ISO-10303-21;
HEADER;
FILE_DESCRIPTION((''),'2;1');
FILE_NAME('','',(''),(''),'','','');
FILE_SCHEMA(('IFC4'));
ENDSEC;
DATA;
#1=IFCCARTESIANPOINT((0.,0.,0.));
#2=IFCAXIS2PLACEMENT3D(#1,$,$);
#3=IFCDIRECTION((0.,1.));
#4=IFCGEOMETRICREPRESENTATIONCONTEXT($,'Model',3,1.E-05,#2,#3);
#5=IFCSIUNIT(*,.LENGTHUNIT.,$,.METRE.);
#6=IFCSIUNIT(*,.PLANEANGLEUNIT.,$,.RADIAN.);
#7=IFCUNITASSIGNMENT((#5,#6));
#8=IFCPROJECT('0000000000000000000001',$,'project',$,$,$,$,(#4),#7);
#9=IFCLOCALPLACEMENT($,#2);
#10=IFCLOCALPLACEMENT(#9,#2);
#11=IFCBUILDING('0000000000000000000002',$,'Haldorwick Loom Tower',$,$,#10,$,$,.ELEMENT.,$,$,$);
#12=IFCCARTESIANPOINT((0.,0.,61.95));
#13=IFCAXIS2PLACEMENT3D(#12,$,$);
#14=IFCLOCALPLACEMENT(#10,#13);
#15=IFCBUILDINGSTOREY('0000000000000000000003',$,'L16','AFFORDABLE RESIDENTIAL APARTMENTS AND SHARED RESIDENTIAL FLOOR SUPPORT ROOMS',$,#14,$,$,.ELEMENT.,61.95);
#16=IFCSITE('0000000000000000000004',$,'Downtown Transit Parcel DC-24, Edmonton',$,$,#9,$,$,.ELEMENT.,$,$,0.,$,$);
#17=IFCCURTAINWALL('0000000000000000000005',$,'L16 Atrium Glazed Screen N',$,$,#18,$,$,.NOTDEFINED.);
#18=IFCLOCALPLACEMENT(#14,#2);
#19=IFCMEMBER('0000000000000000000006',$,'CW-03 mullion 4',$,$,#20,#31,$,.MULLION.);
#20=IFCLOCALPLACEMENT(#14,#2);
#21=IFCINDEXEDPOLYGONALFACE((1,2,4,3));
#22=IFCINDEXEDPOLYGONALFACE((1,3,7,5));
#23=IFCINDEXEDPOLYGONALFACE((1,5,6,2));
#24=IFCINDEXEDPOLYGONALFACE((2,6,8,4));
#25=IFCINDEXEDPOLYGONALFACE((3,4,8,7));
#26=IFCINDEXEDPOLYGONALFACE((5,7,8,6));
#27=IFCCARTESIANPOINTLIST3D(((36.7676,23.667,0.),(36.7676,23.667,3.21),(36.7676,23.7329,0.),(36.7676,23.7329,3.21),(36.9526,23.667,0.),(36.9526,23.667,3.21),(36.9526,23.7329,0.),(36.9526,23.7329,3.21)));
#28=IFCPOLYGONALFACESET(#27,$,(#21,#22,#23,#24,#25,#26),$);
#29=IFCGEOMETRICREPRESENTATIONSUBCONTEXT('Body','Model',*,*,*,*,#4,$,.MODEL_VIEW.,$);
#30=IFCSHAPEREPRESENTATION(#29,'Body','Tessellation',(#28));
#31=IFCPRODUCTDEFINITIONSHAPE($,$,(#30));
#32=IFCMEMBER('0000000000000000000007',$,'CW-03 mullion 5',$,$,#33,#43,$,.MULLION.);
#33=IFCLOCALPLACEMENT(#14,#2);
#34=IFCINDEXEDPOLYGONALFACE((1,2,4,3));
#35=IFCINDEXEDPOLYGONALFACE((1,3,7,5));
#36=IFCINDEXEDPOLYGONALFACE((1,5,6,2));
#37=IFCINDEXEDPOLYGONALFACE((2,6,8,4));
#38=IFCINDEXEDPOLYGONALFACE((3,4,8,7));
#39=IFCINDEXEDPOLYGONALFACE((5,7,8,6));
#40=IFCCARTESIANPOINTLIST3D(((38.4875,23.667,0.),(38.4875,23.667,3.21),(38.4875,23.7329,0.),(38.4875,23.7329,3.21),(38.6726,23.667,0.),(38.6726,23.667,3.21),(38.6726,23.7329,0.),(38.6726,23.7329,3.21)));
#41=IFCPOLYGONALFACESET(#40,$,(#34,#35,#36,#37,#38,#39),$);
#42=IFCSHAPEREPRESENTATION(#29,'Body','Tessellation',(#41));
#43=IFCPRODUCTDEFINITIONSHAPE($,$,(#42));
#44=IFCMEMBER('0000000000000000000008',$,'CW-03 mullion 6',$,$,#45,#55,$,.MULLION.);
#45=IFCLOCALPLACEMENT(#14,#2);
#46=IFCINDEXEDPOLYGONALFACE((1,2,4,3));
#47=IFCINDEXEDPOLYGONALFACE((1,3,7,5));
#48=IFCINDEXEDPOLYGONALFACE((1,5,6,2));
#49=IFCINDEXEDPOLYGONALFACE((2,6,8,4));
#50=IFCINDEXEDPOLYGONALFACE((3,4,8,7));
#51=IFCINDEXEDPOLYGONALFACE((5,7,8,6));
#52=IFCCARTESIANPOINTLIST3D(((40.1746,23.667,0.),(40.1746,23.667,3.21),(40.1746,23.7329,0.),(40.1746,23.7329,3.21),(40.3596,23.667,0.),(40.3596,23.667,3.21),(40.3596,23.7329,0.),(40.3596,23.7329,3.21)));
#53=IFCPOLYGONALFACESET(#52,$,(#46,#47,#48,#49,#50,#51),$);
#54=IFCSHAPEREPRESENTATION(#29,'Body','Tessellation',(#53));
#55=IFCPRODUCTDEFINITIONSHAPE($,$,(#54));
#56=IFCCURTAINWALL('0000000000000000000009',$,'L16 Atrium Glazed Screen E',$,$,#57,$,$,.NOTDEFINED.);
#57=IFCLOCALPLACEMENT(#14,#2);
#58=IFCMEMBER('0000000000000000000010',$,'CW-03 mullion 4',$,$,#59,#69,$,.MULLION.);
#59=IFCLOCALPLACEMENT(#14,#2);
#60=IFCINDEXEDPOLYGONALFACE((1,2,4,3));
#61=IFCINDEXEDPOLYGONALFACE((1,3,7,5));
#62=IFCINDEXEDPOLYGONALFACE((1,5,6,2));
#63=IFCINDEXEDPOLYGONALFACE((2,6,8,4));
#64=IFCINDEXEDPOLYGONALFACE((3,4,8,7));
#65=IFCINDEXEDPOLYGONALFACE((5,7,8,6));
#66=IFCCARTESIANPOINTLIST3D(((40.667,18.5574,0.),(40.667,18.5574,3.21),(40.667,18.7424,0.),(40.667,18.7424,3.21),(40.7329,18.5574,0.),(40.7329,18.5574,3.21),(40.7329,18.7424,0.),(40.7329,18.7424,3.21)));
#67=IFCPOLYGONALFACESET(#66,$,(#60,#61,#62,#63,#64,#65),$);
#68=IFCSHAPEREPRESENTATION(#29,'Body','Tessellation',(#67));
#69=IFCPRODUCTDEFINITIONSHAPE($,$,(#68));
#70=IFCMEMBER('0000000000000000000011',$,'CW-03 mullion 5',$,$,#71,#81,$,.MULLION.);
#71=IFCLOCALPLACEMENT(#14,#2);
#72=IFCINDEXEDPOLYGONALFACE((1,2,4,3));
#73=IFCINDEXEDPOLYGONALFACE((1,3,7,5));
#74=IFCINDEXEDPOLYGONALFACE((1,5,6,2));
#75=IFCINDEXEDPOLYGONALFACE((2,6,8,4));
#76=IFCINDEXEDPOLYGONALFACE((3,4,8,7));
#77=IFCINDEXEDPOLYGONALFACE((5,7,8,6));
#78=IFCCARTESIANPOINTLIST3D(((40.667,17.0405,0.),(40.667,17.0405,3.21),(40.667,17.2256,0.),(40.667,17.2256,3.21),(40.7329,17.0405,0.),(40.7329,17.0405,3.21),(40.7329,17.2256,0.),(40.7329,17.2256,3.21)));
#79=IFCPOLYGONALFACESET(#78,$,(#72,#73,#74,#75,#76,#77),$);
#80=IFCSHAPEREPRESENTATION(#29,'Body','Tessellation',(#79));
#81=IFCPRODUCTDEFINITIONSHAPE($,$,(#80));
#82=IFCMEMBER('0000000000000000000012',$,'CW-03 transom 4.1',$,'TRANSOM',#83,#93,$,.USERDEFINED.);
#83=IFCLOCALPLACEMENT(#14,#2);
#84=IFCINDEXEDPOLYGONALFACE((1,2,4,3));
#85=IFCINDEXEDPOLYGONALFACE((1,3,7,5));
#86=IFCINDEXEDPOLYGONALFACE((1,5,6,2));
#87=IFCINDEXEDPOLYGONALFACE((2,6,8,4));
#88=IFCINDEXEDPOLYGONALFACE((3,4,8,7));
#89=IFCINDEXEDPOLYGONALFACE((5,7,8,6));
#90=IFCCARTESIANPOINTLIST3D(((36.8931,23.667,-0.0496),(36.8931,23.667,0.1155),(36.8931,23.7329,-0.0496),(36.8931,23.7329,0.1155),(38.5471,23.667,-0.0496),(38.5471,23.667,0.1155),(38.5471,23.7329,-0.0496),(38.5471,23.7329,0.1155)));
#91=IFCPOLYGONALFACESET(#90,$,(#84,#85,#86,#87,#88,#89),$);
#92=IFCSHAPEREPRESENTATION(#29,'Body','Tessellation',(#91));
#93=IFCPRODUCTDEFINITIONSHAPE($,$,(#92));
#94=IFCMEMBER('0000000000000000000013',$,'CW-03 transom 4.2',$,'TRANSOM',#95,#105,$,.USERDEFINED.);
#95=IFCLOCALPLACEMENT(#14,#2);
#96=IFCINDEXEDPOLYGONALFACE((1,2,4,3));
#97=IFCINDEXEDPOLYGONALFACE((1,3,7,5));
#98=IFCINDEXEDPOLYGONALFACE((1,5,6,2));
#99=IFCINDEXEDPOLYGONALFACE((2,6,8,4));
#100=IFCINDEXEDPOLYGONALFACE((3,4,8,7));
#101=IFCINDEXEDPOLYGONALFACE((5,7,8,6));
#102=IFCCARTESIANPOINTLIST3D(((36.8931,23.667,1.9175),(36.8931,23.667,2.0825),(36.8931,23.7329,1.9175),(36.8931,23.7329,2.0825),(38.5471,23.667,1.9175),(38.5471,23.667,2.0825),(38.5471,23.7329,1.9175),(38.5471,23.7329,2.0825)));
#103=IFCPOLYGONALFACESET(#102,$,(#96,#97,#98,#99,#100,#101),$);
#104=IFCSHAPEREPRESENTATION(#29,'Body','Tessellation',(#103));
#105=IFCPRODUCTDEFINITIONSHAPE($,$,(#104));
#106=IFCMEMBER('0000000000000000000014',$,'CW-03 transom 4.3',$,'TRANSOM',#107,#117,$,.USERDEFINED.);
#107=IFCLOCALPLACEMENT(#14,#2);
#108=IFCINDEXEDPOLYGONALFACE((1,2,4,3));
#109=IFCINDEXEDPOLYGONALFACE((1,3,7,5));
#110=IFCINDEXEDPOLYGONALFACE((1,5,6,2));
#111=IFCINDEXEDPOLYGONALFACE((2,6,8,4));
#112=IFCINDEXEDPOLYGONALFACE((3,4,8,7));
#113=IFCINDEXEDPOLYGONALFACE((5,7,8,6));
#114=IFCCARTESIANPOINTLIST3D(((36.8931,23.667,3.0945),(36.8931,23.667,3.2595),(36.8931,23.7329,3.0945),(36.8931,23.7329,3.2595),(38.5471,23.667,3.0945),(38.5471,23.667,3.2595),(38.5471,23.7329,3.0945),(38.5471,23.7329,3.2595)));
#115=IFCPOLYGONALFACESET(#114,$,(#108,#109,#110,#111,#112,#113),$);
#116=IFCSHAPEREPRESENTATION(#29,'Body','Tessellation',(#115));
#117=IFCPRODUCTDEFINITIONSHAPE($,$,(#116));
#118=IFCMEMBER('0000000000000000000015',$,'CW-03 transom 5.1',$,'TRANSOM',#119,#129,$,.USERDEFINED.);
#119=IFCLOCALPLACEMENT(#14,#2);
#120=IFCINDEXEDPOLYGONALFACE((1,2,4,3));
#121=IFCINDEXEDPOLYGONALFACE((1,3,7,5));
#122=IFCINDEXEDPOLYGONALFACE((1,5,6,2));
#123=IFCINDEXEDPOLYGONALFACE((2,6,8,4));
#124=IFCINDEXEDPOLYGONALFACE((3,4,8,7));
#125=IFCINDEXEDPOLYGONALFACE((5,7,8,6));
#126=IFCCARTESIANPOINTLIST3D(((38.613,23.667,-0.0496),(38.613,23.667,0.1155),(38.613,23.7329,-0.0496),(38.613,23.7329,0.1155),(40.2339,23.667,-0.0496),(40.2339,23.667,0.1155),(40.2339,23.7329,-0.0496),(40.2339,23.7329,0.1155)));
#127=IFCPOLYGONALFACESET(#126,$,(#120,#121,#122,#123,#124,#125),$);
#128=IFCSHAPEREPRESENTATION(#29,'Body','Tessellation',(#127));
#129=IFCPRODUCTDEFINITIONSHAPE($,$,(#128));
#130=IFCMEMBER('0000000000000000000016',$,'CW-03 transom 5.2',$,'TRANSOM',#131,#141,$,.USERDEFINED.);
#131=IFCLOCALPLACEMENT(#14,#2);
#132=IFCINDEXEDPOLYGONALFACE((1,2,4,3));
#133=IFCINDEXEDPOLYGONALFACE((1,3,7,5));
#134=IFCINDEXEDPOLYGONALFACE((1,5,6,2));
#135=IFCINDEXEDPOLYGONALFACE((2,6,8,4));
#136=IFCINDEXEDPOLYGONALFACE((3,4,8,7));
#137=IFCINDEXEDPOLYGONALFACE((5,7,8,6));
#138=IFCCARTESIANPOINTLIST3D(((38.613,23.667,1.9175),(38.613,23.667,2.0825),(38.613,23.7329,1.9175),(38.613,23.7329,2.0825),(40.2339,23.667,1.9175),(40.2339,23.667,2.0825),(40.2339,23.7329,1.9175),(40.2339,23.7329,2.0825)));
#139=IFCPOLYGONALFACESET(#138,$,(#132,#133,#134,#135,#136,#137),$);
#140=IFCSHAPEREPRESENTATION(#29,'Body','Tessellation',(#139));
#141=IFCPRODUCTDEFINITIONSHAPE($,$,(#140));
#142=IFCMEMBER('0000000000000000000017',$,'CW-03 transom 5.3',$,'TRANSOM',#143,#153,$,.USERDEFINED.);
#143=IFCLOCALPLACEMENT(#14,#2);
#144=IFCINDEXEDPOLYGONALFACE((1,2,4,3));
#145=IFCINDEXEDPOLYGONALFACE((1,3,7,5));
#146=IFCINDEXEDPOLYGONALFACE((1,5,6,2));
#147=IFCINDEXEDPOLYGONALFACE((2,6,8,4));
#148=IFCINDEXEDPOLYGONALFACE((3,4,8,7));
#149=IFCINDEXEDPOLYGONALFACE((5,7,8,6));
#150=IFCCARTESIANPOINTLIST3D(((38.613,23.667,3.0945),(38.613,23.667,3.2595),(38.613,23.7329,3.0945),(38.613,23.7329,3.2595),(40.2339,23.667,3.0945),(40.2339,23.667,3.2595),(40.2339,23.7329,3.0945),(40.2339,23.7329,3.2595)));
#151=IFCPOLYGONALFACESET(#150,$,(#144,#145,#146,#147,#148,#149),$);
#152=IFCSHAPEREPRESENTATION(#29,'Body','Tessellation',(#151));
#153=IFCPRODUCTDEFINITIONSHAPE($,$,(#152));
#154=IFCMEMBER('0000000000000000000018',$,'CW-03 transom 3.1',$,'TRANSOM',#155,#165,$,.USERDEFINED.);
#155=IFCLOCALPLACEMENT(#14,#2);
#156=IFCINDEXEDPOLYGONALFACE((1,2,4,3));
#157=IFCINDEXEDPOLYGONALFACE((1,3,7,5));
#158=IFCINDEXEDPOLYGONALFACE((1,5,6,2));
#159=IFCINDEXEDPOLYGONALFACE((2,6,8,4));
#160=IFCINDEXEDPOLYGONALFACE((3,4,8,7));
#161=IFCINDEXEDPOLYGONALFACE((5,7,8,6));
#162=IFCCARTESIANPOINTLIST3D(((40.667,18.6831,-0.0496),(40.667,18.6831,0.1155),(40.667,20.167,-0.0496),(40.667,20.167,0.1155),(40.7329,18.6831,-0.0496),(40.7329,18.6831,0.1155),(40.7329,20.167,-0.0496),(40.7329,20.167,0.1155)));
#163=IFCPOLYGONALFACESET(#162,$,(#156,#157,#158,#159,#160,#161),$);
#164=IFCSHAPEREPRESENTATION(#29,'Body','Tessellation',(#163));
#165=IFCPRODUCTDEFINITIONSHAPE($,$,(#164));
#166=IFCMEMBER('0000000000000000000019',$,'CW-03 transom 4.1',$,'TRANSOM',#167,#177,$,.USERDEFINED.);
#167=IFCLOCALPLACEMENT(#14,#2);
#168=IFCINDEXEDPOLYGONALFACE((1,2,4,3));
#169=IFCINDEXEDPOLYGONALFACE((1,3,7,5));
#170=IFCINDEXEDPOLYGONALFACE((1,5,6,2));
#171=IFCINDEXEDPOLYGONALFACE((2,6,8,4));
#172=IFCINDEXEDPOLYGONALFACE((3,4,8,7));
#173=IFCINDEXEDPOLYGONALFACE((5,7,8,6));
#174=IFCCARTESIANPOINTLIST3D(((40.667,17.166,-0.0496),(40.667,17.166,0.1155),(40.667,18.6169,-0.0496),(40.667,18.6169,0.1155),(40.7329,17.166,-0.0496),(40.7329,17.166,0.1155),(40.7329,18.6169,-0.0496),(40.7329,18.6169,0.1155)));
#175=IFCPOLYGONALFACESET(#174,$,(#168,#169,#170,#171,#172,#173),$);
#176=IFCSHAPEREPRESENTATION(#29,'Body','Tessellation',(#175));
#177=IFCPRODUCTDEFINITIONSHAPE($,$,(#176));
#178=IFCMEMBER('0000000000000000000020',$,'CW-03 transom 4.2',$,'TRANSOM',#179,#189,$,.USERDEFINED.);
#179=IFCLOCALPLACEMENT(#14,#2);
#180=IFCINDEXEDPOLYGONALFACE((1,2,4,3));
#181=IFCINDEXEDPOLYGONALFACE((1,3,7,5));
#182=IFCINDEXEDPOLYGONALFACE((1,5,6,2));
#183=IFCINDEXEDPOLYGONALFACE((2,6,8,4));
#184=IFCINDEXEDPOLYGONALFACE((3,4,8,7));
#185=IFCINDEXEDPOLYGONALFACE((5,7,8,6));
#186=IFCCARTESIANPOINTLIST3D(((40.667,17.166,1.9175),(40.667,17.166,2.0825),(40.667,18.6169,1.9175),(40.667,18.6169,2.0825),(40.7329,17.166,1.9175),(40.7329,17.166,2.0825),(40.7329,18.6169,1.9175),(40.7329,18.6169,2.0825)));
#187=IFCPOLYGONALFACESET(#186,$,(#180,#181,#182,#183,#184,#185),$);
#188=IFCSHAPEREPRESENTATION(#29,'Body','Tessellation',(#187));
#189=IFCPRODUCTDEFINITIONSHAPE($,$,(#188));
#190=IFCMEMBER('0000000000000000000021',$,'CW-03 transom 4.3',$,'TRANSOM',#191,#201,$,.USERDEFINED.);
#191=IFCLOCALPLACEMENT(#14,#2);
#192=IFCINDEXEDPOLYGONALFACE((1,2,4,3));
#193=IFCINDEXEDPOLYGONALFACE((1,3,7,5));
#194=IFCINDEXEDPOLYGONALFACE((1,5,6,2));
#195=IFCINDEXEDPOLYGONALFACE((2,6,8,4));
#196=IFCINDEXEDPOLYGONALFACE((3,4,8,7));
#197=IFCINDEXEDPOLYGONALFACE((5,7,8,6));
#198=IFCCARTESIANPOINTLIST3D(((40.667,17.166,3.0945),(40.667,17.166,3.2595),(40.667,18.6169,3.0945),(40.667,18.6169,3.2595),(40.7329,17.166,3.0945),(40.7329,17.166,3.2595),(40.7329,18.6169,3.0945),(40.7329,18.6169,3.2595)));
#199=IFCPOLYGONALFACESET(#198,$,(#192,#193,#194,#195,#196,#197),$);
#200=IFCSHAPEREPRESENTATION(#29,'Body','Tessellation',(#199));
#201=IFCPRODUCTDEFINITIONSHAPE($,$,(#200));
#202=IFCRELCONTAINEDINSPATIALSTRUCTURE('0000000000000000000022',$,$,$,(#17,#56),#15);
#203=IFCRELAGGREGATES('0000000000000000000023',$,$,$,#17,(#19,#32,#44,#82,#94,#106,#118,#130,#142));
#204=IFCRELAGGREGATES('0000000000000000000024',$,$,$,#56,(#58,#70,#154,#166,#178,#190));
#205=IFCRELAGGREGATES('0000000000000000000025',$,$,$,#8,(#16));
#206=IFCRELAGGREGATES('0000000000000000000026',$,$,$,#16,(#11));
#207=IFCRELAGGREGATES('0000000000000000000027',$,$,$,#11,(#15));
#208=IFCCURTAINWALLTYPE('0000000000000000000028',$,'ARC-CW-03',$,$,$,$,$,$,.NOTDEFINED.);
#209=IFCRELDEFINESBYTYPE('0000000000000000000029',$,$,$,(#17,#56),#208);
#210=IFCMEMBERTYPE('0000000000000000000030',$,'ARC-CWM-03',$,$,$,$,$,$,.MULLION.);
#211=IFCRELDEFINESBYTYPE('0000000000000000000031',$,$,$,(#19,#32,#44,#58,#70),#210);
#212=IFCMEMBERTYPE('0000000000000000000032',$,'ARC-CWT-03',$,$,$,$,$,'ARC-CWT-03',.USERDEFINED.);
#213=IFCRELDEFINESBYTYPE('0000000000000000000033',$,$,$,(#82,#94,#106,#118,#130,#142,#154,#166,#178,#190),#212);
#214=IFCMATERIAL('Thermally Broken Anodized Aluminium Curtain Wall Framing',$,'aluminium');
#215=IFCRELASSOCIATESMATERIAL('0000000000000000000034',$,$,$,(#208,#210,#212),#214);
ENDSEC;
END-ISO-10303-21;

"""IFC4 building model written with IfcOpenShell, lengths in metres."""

from ifc_helpers import new_model, si_unit, direction, frame, origin, origin_2d, place, context, subcontext, project, spatial, rectangle, extrude, material, material_profile, profile_set, type_object, element, aggregate, save


model = new_model("IFC4")

# Units and contexts
model_context = context("Model", 3, precision=1e-05, world=origin(), true_north=direction((0.0, 1.0)))
body_context = subcontext(model_context, "Body", "Model", "MODEL_VIEW")
ifc_project = project(units=[si_unit("LENGTHUNIT", "METRE"), si_unit("PLANEANGLEUNIT", "RADIAN")], contexts=[model_context])

# Site, building, storey
site_placement = place(None, origin())
site = spatial("IfcSite", under=ifc_project, at=site_placement, Name="Downtown Transit Parcel DC-24, Edmonton", CompositionType="ELEMENT", RefElevation=0.0)
building_placement = place(site_placement, origin())
building = spatial("IfcBuilding", under=site, at=building_placement, Name="Haldorwick Loom Tower", CompositionType="ELEMENT")
storey_placement = place(building_placement, frame((0.0, 0.0, 61.95)))
storey = spatial("IfcBuildingStorey", under=building, at=storey_placement, Name="L16", Description="AFFORDABLE RESIDENTIAL APARTMENTS AND SHARED RESIDENTIAL FLOOR SUPPORT ROOMS", CompositionType="ELEMENT", Elevation=61.95)

# Curtain walls, members
ifc_material_1 = material(Name="Thermally Broken Anodized Aluminium Curtain Wall Framing", Category="aluminium")
curtain_wall_type = type_object("IfcCurtainWallType", Name="ARC-CW-03", PredefinedType="NOTDEFINED", material=ifc_material_1)
curtain_wall_1_placement = place(storey_placement, origin())
curtain_wall_1 = element("IfcCurtainWall", 1, at=curtain_wall_1_placement, inside=storey, type_object=curtain_wall_type, Name="L16 Atrium Glazed Screen N", PredefinedType="NOTDEFINED")
ifc_material_profile_1 = material_profile(ifc_material_1, rectangle(XDim=0.0659, YDim=0.1851, at=origin_2d()), Name="ALU_MUL_66X185", Category="aluminium")
ifc_profile_set_1 = profile_set([ifc_material_profile_1], Name="Thermally Broken Anodized Aluminium Curtain Wall Framing")
member_type_1 = type_object("IfcMemberType", Name="ARC-CWM-03", PredefinedType="MULLION", material=ifc_profile_set_1)
member_1_placement = place(storey_placement, frame((36.8601, 23.7, 0.0), z_axis=(0.0, 0.0, 1.0), x_axis=(0.0, 1.0, 0.0)))
member_1 = element("IfcMember", 2, at=member_1_placement, type_object=member_type_1, Name="CW-03 mullion 4", PredefinedType="MULLION", context=body_context, shape_type="SweptSolid", body=[
    extrude(rectangle(XDim=0.0659, YDim=0.1851, at=origin_2d()), origin(), (0.0, 0.0, 1.0), 3.21),
])
member_2_placement = place(storey_placement, frame((38.5801, 23.7, 0.0), z_axis=(0.0, 0.0, 1.0), x_axis=(0.0, 1.0, 0.0)))
member_2 = element("IfcMember", 3, at=member_2_placement, type_object=member_type_1, Name="CW-03 mullion 5", PredefinedType="MULLION", context=body_context, shape_type="SweptSolid", body=[
    extrude(rectangle(XDim=0.0659, YDim=0.1851, at=origin_2d()), origin(), (0.0, 0.0, 1.0), 3.21),
])
member_3_placement = place(storey_placement, frame((40.2671, 23.7, 0.0), z_axis=(0.0, 0.0, 1.0), x_axis=(0.0, 1.0, 0.0)))
member_3 = element("IfcMember", 4, at=member_3_placement, type_object=member_type_1, Name="CW-03 mullion 6", PredefinedType="MULLION", context=body_context, shape_type="SweptSolid", body=[
    extrude(rectangle(XDim=0.0659, YDim=0.1851, at=origin_2d()), origin(), (0.0, 0.0, 1.0), 3.21),
])
curtain_wall_2_placement = place(storey_placement, origin())
curtain_wall_2 = element("IfcCurtainWall", 5, at=curtain_wall_2_placement, inside=storey, type_object=curtain_wall_type, Name="L16 Atrium Glazed Screen E", PredefinedType="NOTDEFINED")
member_4_placement = place(storey_placement, frame((40.7, 18.6499, 0.0), z_axis=(0.0, 0.0, 1.0), x_axis=(1.0, 0.0, 0.0)))
member_4 = element("IfcMember", 6, at=member_4_placement, type_object=member_type_1, Name="CW-03 mullion 4", PredefinedType="MULLION", context=body_context, shape_type="SweptSolid", body=[
    extrude(rectangle(XDim=0.0659, YDim=0.1851, at=origin_2d()), origin(), (0.0, 0.0, 1.0), 3.21),
])
member_5_placement = place(storey_placement, frame((40.7, 17.1331, 0.0), z_axis=(0.0, 0.0, 1.0), x_axis=(1.0, 0.0, 0.0)))
member_5 = element("IfcMember", 7, at=member_5_placement, type_object=member_type_1, Name="CW-03 mullion 5", PredefinedType="MULLION", context=body_context, shape_type="SweptSolid", body=[
    extrude(rectangle(XDim=0.0659, YDim=0.1851, at=origin_2d()), origin(), (0.0, 0.0, 1.0), 3.21),
])

# Members
ifc_material_profile_2 = material_profile(ifc_material_1, rectangle(XDim=0.0659, YDim=0.165, at=origin_2d()), Name="ALU_TRN_66X165", Category="aluminium")
ifc_profile_set_2 = profile_set([ifc_material_profile_2], Name="Thermally Broken Anodized Aluminium Curtain Wall Framing")
member_type_2 = type_object("IfcMemberType", Name="ARC-CWT-03", ElementType="ARC-CWT-03", PredefinedType="USERDEFINED", material=ifc_profile_set_2)
member_6_placement = place(storey_placement, frame((36.8931, 23.7, 0.033), z_axis=(1.0, 0.0, 0.0), x_axis=(0.0, 1.0, 0.0)))
member_6 = element("IfcMember", 8, at=member_6_placement, type_object=member_type_2, Name="CW-03 transom 4.1", ObjectType="TRANSOM", PredefinedType="USERDEFINED", context=body_context, shape_type="SweptSolid", body=[
    extrude(rectangle(XDim=0.0659, YDim=0.165, at=origin_2d()), origin(), (0.0, 0.0, 1.0), 1.6541),
])
member_7_placement = place(storey_placement, frame((36.8931, 23.7, 2.0), z_axis=(1.0, 0.0, 0.0), x_axis=(0.0, 1.0, 0.0)))
member_7 = element("IfcMember", 9, at=member_7_placement, type_object=member_type_2, Name="CW-03 transom 4.2", ObjectType="TRANSOM", PredefinedType="USERDEFINED", context=body_context, shape_type="SweptSolid", body=[
    extrude(rectangle(XDim=0.0659, YDim=0.165, at=origin_2d()), origin(), (0.0, 0.0, 1.0), 1.6541),
])
member_8_placement = place(storey_placement, frame((36.8931, 23.7, 3.177), z_axis=(1.0, 0.0, 0.0), x_axis=(0.0, 1.0, 0.0)))
member_8 = element("IfcMember", 10, at=member_8_placement, type_object=member_type_2, Name="CW-03 transom 4.3", ObjectType="TRANSOM", PredefinedType="USERDEFINED", context=body_context, shape_type="SweptSolid", body=[
    extrude(rectangle(XDim=0.0659, YDim=0.165, at=origin_2d()), origin(), (0.0, 0.0, 1.0), 1.6541),
])
member_9_placement = place(storey_placement, frame((38.613, 23.7, 0.033), z_axis=(1.0, 0.0, 0.0), x_axis=(0.0, 1.0, 0.0)))
member_9 = element("IfcMember", 11, at=member_9_placement, type_object=member_type_2, Name="CW-03 transom 5.1", ObjectType="TRANSOM", PredefinedType="USERDEFINED", context=body_context, shape_type="SweptSolid", body=[
    extrude(rectangle(XDim=0.0659, YDim=0.165, at=origin_2d()), origin(), (0.0, 0.0, 1.0), 1.6208),
])
member_10_placement = place(storey_placement, frame((38.613, 23.7, 2.0), z_axis=(1.0, 0.0, 0.0), x_axis=(0.0, 1.0, 0.0)))
member_10 = element("IfcMember", 12, at=member_10_placement, type_object=member_type_2, Name="CW-03 transom 5.2", ObjectType="TRANSOM", PredefinedType="USERDEFINED", context=body_context, shape_type="SweptSolid", body=[
    extrude(rectangle(XDim=0.0659, YDim=0.165, at=origin_2d()), origin(), (0.0, 0.0, 1.0), 1.6208),
])
member_11_placement = place(storey_placement, frame((38.613, 23.7, 3.177), z_axis=(1.0, 0.0, 0.0), x_axis=(0.0, 1.0, 0.0)))
member_11 = element("IfcMember", 13, at=member_11_placement, type_object=member_type_2, Name="CW-03 transom 5.3", ObjectType="TRANSOM", PredefinedType="USERDEFINED", context=body_context, shape_type="SweptSolid", body=[
    extrude(rectangle(XDim=0.0659, YDim=0.165, at=origin_2d()), origin(), (0.0, 0.0, 1.0), 1.6208),
])
member_12_placement = place(storey_placement, frame((40.7, 20.167, 0.033), z_axis=(0.0, -1.0, 0.0), x_axis=(1.0, 0.0, 0.0)))
member_12 = element("IfcMember", 14, at=member_12_placement, type_object=member_type_2, Name="CW-03 transom 3.1", ObjectType="TRANSOM", PredefinedType="USERDEFINED", context=body_context, shape_type="SweptSolid", body=[
    extrude(rectangle(XDim=0.0659, YDim=0.165, at=origin_2d()), origin(), (0.0, 0.0, 1.0), 1.4839),
])
member_13_placement = place(storey_placement, frame((40.7, 18.6169, 0.033), z_axis=(0.0, -1.0, 0.0), x_axis=(1.0, 0.0, 0.0)))
member_13 = element("IfcMember", 15, at=member_13_placement, type_object=member_type_2, Name="CW-03 transom 4.1", ObjectType="TRANSOM", PredefinedType="USERDEFINED", context=body_context, shape_type="SweptSolid", body=[
    extrude(rectangle(XDim=0.0659, YDim=0.165, at=origin_2d()), origin(), (0.0, 0.0, 1.0), 1.4509),
])
member_14_placement = place(storey_placement, frame((40.7, 18.6169, 2.0), z_axis=(0.0, -1.0, 0.0), x_axis=(1.0, 0.0, 0.0)))
member_14 = element("IfcMember", 16, at=member_14_placement, type_object=member_type_2, Name="CW-03 transom 4.2", ObjectType="TRANSOM", PredefinedType="USERDEFINED", context=body_context, shape_type="SweptSolid", body=[
    extrude(rectangle(XDim=0.0659, YDim=0.165, at=origin_2d()), origin(), (0.0, 0.0, 1.0), 1.4509),
])
member_15_placement = place(storey_placement, frame((40.7, 18.6169, 3.177), z_axis=(0.0, -1.0, 0.0), x_axis=(1.0, 0.0, 0.0)))
member_15 = element("IfcMember", 17, at=member_15_placement, type_object=member_type_2, Name="CW-03 transom 4.3", ObjectType="TRANSOM", PredefinedType="USERDEFINED", context=body_context, shape_type="SweptSolid", body=[
    extrude(rectangle(XDim=0.0659, YDim=0.165, at=origin_2d()), origin(), (0.0, 0.0, 1.0), 1.4509),
])

aggregate(curtain_wall_1, [member_1, member_2, member_3, member_6, member_7, member_8, member_9, member_10, member_11])
aggregate(curtain_wall_2, [member_4, member_5, member_12, member_13, member_14, member_15])

save(model, "model.ifc")
